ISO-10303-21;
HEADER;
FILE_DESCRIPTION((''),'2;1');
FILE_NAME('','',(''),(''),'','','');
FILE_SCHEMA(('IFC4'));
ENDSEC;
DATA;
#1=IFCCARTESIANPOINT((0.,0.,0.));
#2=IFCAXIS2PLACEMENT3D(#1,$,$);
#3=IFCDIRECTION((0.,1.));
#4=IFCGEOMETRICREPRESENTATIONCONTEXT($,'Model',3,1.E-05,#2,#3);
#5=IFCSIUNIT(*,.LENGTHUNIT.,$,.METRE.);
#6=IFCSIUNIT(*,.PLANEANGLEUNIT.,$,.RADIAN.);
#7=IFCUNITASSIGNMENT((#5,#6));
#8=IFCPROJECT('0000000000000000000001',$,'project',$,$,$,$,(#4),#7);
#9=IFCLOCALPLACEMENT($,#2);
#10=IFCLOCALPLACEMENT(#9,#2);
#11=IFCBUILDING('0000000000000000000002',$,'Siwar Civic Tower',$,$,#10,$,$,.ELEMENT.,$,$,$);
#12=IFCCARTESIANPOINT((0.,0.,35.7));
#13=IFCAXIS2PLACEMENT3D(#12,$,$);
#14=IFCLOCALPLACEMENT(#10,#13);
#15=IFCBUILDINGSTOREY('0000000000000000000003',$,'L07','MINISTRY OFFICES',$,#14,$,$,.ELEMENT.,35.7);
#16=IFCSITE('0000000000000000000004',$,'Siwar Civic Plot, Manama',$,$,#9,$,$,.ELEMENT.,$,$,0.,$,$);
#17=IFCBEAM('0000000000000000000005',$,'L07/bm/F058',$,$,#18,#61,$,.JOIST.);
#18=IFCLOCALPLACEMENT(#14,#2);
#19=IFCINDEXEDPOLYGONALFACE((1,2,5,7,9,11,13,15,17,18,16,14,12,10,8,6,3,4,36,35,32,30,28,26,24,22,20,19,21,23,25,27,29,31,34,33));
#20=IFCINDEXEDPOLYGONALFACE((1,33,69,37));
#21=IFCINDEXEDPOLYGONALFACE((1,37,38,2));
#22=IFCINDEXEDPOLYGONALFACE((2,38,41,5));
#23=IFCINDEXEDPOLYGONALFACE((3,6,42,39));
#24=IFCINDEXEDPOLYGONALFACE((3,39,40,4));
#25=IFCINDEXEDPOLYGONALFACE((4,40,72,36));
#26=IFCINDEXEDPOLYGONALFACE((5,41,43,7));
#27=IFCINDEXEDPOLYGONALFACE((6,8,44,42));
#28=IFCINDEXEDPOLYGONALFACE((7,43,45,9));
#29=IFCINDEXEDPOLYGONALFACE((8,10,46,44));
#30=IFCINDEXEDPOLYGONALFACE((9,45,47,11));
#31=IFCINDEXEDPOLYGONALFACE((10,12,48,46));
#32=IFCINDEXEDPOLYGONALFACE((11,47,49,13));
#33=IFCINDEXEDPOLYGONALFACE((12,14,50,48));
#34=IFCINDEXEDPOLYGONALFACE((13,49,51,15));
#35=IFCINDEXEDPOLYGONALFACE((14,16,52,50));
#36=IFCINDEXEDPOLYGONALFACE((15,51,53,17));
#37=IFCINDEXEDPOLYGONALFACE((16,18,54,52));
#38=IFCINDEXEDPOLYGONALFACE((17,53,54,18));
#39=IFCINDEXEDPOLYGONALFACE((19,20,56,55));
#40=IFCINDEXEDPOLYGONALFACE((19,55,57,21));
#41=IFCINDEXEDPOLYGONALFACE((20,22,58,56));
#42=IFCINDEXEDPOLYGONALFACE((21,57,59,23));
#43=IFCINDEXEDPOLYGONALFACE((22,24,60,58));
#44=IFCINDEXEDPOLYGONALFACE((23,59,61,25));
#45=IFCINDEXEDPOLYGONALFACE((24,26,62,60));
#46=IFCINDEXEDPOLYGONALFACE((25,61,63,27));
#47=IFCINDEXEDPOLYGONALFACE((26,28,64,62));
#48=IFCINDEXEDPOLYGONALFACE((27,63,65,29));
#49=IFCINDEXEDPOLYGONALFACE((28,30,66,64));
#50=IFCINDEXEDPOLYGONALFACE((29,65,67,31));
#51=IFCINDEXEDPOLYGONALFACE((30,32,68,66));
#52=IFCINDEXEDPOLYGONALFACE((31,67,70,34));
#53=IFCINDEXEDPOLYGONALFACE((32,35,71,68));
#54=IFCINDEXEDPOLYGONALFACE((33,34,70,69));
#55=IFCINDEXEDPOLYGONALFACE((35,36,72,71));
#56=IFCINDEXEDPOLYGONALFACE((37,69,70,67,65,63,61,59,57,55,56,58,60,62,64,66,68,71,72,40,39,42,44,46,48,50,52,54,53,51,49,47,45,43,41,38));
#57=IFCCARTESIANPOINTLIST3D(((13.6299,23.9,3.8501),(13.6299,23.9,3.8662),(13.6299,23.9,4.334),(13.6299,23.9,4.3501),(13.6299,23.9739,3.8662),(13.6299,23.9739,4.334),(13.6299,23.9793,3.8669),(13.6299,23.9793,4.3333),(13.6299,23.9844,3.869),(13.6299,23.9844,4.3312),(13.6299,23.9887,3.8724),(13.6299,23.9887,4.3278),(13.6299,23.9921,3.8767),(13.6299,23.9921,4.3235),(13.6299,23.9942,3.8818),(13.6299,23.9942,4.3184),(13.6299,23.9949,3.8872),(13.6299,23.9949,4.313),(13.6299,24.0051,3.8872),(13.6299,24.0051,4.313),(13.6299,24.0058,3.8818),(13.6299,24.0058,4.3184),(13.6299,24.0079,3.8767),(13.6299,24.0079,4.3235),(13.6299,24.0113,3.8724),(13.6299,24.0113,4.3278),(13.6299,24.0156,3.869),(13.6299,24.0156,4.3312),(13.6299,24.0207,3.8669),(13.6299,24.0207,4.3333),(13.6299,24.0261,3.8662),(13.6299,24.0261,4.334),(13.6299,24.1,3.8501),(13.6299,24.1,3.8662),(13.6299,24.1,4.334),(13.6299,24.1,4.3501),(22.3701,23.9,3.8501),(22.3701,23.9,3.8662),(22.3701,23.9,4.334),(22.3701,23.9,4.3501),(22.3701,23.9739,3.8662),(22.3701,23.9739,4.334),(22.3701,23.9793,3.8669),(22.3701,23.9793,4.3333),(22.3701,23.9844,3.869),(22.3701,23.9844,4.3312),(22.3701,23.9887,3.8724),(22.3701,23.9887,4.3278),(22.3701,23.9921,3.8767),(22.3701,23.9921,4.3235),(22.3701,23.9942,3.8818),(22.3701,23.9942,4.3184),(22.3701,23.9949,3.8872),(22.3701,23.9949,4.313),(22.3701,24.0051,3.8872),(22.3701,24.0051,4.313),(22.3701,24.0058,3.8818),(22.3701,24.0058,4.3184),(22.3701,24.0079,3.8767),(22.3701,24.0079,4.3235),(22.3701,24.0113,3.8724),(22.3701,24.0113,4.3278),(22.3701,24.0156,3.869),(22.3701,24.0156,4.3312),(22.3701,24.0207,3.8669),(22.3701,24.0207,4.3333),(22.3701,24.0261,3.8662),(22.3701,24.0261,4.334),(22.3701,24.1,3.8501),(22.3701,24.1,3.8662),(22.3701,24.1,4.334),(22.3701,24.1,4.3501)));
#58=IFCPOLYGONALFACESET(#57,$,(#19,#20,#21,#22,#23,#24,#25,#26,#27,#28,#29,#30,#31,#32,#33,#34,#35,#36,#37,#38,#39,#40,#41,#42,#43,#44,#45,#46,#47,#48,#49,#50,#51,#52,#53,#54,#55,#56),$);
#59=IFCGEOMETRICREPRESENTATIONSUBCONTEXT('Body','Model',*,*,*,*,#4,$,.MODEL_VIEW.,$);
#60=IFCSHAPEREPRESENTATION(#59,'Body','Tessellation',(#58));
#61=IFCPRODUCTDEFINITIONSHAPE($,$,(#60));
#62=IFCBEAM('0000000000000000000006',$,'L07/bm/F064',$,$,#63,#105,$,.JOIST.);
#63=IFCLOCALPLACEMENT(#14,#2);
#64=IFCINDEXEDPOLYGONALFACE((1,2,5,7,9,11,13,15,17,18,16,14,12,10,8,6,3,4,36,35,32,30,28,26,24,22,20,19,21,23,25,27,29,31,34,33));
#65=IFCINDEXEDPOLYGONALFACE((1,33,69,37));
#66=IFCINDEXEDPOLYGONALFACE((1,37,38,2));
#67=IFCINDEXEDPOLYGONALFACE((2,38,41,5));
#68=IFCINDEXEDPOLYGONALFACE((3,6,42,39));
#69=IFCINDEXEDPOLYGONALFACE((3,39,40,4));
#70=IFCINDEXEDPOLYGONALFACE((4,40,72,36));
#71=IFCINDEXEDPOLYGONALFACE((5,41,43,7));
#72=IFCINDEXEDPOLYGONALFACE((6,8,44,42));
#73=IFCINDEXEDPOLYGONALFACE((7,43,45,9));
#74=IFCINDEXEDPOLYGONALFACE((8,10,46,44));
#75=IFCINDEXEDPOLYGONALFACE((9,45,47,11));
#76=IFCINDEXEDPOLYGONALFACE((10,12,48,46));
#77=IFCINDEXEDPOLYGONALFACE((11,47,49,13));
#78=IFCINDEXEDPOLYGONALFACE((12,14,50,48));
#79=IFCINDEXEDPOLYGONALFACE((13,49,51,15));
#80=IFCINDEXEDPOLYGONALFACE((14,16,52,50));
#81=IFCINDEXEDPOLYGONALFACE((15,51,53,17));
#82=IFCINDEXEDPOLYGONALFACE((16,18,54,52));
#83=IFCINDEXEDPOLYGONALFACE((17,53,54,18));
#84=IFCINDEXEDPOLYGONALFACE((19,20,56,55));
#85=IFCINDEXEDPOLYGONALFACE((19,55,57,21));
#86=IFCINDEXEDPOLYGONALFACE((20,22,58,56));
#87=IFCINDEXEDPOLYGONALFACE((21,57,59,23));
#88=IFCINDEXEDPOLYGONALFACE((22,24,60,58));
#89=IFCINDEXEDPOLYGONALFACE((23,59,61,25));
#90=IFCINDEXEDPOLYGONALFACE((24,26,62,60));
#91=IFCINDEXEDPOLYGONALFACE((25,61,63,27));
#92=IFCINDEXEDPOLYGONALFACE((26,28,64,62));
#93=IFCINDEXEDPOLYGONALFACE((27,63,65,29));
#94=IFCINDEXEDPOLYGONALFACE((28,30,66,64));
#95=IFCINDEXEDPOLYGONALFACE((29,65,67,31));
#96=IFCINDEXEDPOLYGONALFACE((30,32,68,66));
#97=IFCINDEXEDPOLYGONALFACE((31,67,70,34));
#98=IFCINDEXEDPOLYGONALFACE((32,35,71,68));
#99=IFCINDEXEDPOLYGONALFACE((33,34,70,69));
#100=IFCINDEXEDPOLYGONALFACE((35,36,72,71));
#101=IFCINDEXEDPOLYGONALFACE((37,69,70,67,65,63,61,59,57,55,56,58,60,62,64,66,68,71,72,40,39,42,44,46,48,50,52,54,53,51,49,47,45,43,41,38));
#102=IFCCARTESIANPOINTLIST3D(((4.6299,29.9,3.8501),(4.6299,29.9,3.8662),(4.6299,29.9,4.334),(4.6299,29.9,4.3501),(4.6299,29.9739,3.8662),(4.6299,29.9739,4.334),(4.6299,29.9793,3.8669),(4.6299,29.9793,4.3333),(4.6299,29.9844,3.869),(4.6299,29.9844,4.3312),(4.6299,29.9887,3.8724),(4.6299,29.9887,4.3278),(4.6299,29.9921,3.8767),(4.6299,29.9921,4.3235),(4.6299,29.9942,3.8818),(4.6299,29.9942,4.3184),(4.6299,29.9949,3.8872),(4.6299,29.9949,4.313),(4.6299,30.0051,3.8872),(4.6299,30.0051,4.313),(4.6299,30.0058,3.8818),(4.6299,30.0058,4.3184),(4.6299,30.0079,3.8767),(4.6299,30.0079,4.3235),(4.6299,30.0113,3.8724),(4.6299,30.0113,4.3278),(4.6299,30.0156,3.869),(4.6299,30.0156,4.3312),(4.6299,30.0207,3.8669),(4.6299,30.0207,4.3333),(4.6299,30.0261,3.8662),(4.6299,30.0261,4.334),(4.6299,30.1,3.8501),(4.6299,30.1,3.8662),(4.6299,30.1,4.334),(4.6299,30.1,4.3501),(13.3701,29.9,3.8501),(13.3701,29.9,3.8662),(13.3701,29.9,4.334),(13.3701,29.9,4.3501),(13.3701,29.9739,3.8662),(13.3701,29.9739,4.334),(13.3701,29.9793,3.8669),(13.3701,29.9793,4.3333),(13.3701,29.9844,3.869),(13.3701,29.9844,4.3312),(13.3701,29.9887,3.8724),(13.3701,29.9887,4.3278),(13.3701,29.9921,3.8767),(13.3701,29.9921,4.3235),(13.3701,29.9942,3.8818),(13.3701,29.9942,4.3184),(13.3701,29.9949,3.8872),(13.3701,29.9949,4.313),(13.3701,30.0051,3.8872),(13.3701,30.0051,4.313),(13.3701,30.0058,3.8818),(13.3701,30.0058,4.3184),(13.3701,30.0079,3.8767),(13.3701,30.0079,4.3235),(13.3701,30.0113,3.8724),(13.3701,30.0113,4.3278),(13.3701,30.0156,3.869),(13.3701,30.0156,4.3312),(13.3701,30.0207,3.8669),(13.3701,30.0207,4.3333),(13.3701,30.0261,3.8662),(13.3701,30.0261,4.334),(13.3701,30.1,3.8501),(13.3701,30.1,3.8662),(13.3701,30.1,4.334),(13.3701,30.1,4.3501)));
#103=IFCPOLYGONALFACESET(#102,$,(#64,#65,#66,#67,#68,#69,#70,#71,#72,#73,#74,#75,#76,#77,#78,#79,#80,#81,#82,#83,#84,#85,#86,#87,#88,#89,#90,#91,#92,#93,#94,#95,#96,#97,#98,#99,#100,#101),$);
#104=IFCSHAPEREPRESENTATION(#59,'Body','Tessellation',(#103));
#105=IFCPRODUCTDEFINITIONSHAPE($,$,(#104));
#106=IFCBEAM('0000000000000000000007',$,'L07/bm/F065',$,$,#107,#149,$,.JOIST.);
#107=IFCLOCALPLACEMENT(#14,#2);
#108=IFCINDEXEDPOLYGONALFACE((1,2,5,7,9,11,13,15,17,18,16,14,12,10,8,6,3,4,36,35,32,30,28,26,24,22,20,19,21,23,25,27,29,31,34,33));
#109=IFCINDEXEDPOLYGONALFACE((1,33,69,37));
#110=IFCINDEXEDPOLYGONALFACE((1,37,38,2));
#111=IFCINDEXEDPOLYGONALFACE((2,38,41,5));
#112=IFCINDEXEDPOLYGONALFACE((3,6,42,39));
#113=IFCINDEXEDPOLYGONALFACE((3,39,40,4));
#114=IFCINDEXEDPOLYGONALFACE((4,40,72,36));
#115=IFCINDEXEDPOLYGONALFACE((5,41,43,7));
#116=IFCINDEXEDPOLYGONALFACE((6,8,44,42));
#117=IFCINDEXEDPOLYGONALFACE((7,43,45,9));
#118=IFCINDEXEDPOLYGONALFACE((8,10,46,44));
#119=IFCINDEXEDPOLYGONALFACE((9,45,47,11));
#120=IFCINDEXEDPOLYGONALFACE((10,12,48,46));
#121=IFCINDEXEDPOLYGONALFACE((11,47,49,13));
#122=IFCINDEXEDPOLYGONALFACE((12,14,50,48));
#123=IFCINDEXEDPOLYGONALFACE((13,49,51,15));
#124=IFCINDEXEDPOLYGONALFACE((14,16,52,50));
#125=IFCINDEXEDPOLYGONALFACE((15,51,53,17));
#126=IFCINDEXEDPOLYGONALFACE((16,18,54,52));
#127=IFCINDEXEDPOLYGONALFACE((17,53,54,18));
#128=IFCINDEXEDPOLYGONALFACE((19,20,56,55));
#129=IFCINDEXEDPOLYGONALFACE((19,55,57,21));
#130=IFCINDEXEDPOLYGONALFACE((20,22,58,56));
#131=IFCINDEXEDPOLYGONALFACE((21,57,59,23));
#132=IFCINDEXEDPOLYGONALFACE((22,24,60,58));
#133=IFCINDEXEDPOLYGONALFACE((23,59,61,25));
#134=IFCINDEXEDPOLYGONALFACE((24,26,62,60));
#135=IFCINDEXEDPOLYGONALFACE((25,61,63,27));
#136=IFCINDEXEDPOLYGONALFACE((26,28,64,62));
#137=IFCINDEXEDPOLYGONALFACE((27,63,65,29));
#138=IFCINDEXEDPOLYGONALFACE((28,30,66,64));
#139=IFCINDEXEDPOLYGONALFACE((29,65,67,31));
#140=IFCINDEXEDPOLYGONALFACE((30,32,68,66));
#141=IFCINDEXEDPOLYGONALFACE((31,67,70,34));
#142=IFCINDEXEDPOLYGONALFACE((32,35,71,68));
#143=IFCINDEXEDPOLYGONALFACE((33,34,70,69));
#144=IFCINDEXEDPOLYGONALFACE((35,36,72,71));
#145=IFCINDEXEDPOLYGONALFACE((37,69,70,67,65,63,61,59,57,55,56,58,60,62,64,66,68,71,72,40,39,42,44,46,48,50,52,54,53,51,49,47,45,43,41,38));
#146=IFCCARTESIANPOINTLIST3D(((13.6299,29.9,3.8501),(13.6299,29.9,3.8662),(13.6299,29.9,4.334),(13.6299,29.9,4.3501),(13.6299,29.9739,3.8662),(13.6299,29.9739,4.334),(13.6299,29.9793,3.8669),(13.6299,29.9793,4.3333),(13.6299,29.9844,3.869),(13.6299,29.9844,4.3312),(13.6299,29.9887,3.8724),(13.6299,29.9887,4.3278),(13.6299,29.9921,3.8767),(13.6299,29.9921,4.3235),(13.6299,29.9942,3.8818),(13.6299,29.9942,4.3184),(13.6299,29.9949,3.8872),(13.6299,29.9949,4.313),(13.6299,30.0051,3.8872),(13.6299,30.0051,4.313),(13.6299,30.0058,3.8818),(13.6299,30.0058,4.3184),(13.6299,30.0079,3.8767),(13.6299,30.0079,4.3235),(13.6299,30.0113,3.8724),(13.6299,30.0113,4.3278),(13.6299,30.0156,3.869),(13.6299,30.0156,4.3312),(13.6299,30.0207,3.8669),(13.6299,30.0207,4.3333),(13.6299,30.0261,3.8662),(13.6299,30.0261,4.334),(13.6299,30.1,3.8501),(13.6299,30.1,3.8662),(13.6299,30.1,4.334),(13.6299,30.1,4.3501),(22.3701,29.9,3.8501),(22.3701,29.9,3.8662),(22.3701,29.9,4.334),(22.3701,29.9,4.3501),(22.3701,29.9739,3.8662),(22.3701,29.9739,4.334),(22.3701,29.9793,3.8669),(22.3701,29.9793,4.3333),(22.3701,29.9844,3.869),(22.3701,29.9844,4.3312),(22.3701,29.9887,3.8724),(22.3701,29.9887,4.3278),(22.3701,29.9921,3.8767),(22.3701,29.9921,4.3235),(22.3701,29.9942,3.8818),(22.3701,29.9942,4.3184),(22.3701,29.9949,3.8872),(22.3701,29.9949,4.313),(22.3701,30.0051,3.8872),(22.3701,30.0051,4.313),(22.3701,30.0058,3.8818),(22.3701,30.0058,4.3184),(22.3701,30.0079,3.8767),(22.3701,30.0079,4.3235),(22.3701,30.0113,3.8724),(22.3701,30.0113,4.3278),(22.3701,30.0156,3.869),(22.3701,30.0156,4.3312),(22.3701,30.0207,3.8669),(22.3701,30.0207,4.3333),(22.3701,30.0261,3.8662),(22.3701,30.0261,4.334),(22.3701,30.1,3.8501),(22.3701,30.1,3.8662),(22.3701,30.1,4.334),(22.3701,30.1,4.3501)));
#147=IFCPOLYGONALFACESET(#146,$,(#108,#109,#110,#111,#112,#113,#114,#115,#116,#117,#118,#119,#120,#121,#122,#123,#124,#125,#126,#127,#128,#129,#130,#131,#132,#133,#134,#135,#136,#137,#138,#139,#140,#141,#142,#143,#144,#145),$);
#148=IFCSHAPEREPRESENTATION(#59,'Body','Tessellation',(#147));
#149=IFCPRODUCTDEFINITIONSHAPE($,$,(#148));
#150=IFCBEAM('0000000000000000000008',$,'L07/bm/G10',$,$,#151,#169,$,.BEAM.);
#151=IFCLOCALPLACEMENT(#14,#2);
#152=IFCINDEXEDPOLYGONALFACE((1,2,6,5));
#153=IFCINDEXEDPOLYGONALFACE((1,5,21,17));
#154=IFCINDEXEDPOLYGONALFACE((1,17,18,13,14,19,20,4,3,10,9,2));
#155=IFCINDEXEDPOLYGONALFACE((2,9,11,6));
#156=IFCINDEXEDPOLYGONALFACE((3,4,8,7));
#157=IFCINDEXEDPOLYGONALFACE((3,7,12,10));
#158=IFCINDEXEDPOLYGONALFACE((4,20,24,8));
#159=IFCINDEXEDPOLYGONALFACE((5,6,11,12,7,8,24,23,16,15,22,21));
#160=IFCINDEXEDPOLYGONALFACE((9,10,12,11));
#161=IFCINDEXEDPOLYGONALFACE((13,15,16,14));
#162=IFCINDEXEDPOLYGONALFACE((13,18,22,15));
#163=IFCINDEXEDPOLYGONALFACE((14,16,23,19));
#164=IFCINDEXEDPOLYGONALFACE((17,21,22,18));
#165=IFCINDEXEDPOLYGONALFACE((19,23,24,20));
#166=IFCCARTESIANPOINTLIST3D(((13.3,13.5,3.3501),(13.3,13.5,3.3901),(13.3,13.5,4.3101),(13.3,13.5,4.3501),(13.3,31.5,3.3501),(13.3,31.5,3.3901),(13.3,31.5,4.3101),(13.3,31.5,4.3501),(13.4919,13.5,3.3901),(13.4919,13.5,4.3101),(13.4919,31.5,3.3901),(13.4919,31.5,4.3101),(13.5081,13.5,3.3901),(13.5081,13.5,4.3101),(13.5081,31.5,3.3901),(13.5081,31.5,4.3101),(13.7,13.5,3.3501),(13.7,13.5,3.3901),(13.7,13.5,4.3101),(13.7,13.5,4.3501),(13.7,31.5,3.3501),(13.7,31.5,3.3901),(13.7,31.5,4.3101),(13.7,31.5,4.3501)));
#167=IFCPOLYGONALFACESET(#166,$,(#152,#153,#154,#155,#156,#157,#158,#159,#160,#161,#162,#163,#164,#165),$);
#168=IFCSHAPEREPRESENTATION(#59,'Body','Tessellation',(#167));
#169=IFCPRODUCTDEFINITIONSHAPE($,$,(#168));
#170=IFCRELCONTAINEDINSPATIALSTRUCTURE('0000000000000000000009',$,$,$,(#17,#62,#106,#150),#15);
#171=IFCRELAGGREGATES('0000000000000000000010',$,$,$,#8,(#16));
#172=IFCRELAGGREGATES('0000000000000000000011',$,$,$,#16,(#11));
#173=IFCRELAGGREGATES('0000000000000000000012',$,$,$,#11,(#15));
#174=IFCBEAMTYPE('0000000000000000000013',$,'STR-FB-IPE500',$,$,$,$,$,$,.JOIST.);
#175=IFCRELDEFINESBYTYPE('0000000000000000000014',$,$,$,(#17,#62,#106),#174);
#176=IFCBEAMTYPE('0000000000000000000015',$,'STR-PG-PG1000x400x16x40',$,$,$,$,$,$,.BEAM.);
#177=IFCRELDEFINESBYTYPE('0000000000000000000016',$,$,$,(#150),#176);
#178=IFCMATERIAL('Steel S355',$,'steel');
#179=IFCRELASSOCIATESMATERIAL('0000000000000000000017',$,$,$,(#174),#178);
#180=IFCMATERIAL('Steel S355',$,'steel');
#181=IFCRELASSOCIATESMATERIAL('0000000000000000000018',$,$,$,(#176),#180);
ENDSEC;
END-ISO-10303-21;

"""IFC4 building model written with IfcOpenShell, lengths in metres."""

from ifc_helpers import new_model, si_unit, direction, frame, origin, origin_2d, place, context, subcontext, project, spatial, i_section, extrude, material, material_profile, profile_set, type_object, element, save


model = new_model("IFC4")

# Units and contexts
model_context = context("Model", 3, precision=1e-05, world=origin(), true_north=direction((0.0, 1.0)))
body_context = subcontext(model_context, "Body", "Model", "MODEL_VIEW")
ifc_project = project(units=[si_unit("LENGTHUNIT", "METRE"), si_unit("PLANEANGLEUNIT", "RADIAN")], contexts=[model_context])

# Site, building, storey
site_placement = place(None, origin())
site = spatial("IfcSite", under=ifc_project, at=site_placement, Name="Siwar Civic Plot, Manama", CompositionType="ELEMENT", RefElevation=0.0)
building_placement = place(site_placement, origin())
building = spatial("IfcBuilding", under=site, at=building_placement, Name="Siwar Civic Tower", CompositionType="ELEMENT")
storey_placement = place(building_placement, frame((0.0, 0.0, 35.7)))
storey = spatial("IfcBuildingStorey", under=building, at=storey_placement, Name="L07", Description="MINISTRY OFFICES", CompositionType="ELEMENT", Elevation=35.7)

# Beams
ifc_material_1 = material(Name="Steel S355", Category="steel")
ifc_material_profile_1 = material_profile(ifc_material_1, i_section(OverallWidth=0.2, OverallDepth=0.5, WebThickness=0.0103, FlangeThickness=0.0161, FilletRadius=0.021, at=origin_2d()), Name="IPE500")
ifc_profile_set_1 = profile_set([ifc_material_profile_1], Name="Steel S355")
beam_type_1 = type_object("IfcBeamType", Name="STR-FB-IPE500", PredefinedType="JOIST", material=ifc_profile_set_1)
for number, where, z_axis, x_axis, name in (
    (1, (13.6299, 24.0, 4.1001), (1.0, 0.0, 0.0), (0.0, 1.0, 0.0), "L07/bm/F058"),
    (2, (4.6299, 30.0, 4.1001), (1.0, 0.0, 0.0), (0.0, 1.0, 0.0), "L07/bm/F064"),
    (3, (13.6299, 30.0, 4.1001), (1.0, 0.0, 0.0), (0.0, 1.0, 0.0), "L07/bm/F065"),
):
    element("IfcBeam", number, at=place(storey_placement, frame(where, z_axis=z_axis, x_axis=x_axis)), inside=storey, type_object=beam_type_1, Name=name, PredefinedType="JOIST", context=body_context, shape_type="SweptSolid", body=[
        extrude(i_section(OverallWidth=0.2, OverallDepth=0.5, WebThickness=0.0103, FlangeThickness=0.0161, FilletRadius=0.021, at=origin_2d()), origin(), (0.0, 0.0, 1.0), 8.7402),
    ])
ifc_material_2 = material(Name="Steel S355", Category="steel")
ifc_material_profile_2 = material_profile(ifc_material_2, i_section(OverallWidth=0.3999, OverallDepth=1.0, WebThickness=0.0161, FlangeThickness=0.04, at=origin_2d()), Name="PG1000x400x16x40")
ifc_profile_set_2 = profile_set([ifc_material_profile_2], Name="Steel S355")
beam_type_2 = type_object("IfcBeamType", Name="STR-PG-PG1000x400x16x40", PredefinedType="BEAM", material=ifc_profile_set_2)
beam_1_placement = place(storey_placement, frame((13.5, 13.5, 3.8501), z_axis=(0.0, 1.0, 0.0), x_axis=(-1.0, 0.0, 0.0)))
element("IfcBeam", 4, at=beam_1_placement, inside=storey, type_object=beam_type_2, Name="L07/bm/G10", PredefinedType="BEAM", context=body_context, shape_type="SweptSolid", body=[
    extrude(i_section(OverallWidth=0.3999, OverallDepth=1.0, WebThickness=0.0161, FlangeThickness=0.04, at=origin_2d()), origin(), (0.0, 0.0, 1.0), 18.0),
])

save(model, "model.ifc")
